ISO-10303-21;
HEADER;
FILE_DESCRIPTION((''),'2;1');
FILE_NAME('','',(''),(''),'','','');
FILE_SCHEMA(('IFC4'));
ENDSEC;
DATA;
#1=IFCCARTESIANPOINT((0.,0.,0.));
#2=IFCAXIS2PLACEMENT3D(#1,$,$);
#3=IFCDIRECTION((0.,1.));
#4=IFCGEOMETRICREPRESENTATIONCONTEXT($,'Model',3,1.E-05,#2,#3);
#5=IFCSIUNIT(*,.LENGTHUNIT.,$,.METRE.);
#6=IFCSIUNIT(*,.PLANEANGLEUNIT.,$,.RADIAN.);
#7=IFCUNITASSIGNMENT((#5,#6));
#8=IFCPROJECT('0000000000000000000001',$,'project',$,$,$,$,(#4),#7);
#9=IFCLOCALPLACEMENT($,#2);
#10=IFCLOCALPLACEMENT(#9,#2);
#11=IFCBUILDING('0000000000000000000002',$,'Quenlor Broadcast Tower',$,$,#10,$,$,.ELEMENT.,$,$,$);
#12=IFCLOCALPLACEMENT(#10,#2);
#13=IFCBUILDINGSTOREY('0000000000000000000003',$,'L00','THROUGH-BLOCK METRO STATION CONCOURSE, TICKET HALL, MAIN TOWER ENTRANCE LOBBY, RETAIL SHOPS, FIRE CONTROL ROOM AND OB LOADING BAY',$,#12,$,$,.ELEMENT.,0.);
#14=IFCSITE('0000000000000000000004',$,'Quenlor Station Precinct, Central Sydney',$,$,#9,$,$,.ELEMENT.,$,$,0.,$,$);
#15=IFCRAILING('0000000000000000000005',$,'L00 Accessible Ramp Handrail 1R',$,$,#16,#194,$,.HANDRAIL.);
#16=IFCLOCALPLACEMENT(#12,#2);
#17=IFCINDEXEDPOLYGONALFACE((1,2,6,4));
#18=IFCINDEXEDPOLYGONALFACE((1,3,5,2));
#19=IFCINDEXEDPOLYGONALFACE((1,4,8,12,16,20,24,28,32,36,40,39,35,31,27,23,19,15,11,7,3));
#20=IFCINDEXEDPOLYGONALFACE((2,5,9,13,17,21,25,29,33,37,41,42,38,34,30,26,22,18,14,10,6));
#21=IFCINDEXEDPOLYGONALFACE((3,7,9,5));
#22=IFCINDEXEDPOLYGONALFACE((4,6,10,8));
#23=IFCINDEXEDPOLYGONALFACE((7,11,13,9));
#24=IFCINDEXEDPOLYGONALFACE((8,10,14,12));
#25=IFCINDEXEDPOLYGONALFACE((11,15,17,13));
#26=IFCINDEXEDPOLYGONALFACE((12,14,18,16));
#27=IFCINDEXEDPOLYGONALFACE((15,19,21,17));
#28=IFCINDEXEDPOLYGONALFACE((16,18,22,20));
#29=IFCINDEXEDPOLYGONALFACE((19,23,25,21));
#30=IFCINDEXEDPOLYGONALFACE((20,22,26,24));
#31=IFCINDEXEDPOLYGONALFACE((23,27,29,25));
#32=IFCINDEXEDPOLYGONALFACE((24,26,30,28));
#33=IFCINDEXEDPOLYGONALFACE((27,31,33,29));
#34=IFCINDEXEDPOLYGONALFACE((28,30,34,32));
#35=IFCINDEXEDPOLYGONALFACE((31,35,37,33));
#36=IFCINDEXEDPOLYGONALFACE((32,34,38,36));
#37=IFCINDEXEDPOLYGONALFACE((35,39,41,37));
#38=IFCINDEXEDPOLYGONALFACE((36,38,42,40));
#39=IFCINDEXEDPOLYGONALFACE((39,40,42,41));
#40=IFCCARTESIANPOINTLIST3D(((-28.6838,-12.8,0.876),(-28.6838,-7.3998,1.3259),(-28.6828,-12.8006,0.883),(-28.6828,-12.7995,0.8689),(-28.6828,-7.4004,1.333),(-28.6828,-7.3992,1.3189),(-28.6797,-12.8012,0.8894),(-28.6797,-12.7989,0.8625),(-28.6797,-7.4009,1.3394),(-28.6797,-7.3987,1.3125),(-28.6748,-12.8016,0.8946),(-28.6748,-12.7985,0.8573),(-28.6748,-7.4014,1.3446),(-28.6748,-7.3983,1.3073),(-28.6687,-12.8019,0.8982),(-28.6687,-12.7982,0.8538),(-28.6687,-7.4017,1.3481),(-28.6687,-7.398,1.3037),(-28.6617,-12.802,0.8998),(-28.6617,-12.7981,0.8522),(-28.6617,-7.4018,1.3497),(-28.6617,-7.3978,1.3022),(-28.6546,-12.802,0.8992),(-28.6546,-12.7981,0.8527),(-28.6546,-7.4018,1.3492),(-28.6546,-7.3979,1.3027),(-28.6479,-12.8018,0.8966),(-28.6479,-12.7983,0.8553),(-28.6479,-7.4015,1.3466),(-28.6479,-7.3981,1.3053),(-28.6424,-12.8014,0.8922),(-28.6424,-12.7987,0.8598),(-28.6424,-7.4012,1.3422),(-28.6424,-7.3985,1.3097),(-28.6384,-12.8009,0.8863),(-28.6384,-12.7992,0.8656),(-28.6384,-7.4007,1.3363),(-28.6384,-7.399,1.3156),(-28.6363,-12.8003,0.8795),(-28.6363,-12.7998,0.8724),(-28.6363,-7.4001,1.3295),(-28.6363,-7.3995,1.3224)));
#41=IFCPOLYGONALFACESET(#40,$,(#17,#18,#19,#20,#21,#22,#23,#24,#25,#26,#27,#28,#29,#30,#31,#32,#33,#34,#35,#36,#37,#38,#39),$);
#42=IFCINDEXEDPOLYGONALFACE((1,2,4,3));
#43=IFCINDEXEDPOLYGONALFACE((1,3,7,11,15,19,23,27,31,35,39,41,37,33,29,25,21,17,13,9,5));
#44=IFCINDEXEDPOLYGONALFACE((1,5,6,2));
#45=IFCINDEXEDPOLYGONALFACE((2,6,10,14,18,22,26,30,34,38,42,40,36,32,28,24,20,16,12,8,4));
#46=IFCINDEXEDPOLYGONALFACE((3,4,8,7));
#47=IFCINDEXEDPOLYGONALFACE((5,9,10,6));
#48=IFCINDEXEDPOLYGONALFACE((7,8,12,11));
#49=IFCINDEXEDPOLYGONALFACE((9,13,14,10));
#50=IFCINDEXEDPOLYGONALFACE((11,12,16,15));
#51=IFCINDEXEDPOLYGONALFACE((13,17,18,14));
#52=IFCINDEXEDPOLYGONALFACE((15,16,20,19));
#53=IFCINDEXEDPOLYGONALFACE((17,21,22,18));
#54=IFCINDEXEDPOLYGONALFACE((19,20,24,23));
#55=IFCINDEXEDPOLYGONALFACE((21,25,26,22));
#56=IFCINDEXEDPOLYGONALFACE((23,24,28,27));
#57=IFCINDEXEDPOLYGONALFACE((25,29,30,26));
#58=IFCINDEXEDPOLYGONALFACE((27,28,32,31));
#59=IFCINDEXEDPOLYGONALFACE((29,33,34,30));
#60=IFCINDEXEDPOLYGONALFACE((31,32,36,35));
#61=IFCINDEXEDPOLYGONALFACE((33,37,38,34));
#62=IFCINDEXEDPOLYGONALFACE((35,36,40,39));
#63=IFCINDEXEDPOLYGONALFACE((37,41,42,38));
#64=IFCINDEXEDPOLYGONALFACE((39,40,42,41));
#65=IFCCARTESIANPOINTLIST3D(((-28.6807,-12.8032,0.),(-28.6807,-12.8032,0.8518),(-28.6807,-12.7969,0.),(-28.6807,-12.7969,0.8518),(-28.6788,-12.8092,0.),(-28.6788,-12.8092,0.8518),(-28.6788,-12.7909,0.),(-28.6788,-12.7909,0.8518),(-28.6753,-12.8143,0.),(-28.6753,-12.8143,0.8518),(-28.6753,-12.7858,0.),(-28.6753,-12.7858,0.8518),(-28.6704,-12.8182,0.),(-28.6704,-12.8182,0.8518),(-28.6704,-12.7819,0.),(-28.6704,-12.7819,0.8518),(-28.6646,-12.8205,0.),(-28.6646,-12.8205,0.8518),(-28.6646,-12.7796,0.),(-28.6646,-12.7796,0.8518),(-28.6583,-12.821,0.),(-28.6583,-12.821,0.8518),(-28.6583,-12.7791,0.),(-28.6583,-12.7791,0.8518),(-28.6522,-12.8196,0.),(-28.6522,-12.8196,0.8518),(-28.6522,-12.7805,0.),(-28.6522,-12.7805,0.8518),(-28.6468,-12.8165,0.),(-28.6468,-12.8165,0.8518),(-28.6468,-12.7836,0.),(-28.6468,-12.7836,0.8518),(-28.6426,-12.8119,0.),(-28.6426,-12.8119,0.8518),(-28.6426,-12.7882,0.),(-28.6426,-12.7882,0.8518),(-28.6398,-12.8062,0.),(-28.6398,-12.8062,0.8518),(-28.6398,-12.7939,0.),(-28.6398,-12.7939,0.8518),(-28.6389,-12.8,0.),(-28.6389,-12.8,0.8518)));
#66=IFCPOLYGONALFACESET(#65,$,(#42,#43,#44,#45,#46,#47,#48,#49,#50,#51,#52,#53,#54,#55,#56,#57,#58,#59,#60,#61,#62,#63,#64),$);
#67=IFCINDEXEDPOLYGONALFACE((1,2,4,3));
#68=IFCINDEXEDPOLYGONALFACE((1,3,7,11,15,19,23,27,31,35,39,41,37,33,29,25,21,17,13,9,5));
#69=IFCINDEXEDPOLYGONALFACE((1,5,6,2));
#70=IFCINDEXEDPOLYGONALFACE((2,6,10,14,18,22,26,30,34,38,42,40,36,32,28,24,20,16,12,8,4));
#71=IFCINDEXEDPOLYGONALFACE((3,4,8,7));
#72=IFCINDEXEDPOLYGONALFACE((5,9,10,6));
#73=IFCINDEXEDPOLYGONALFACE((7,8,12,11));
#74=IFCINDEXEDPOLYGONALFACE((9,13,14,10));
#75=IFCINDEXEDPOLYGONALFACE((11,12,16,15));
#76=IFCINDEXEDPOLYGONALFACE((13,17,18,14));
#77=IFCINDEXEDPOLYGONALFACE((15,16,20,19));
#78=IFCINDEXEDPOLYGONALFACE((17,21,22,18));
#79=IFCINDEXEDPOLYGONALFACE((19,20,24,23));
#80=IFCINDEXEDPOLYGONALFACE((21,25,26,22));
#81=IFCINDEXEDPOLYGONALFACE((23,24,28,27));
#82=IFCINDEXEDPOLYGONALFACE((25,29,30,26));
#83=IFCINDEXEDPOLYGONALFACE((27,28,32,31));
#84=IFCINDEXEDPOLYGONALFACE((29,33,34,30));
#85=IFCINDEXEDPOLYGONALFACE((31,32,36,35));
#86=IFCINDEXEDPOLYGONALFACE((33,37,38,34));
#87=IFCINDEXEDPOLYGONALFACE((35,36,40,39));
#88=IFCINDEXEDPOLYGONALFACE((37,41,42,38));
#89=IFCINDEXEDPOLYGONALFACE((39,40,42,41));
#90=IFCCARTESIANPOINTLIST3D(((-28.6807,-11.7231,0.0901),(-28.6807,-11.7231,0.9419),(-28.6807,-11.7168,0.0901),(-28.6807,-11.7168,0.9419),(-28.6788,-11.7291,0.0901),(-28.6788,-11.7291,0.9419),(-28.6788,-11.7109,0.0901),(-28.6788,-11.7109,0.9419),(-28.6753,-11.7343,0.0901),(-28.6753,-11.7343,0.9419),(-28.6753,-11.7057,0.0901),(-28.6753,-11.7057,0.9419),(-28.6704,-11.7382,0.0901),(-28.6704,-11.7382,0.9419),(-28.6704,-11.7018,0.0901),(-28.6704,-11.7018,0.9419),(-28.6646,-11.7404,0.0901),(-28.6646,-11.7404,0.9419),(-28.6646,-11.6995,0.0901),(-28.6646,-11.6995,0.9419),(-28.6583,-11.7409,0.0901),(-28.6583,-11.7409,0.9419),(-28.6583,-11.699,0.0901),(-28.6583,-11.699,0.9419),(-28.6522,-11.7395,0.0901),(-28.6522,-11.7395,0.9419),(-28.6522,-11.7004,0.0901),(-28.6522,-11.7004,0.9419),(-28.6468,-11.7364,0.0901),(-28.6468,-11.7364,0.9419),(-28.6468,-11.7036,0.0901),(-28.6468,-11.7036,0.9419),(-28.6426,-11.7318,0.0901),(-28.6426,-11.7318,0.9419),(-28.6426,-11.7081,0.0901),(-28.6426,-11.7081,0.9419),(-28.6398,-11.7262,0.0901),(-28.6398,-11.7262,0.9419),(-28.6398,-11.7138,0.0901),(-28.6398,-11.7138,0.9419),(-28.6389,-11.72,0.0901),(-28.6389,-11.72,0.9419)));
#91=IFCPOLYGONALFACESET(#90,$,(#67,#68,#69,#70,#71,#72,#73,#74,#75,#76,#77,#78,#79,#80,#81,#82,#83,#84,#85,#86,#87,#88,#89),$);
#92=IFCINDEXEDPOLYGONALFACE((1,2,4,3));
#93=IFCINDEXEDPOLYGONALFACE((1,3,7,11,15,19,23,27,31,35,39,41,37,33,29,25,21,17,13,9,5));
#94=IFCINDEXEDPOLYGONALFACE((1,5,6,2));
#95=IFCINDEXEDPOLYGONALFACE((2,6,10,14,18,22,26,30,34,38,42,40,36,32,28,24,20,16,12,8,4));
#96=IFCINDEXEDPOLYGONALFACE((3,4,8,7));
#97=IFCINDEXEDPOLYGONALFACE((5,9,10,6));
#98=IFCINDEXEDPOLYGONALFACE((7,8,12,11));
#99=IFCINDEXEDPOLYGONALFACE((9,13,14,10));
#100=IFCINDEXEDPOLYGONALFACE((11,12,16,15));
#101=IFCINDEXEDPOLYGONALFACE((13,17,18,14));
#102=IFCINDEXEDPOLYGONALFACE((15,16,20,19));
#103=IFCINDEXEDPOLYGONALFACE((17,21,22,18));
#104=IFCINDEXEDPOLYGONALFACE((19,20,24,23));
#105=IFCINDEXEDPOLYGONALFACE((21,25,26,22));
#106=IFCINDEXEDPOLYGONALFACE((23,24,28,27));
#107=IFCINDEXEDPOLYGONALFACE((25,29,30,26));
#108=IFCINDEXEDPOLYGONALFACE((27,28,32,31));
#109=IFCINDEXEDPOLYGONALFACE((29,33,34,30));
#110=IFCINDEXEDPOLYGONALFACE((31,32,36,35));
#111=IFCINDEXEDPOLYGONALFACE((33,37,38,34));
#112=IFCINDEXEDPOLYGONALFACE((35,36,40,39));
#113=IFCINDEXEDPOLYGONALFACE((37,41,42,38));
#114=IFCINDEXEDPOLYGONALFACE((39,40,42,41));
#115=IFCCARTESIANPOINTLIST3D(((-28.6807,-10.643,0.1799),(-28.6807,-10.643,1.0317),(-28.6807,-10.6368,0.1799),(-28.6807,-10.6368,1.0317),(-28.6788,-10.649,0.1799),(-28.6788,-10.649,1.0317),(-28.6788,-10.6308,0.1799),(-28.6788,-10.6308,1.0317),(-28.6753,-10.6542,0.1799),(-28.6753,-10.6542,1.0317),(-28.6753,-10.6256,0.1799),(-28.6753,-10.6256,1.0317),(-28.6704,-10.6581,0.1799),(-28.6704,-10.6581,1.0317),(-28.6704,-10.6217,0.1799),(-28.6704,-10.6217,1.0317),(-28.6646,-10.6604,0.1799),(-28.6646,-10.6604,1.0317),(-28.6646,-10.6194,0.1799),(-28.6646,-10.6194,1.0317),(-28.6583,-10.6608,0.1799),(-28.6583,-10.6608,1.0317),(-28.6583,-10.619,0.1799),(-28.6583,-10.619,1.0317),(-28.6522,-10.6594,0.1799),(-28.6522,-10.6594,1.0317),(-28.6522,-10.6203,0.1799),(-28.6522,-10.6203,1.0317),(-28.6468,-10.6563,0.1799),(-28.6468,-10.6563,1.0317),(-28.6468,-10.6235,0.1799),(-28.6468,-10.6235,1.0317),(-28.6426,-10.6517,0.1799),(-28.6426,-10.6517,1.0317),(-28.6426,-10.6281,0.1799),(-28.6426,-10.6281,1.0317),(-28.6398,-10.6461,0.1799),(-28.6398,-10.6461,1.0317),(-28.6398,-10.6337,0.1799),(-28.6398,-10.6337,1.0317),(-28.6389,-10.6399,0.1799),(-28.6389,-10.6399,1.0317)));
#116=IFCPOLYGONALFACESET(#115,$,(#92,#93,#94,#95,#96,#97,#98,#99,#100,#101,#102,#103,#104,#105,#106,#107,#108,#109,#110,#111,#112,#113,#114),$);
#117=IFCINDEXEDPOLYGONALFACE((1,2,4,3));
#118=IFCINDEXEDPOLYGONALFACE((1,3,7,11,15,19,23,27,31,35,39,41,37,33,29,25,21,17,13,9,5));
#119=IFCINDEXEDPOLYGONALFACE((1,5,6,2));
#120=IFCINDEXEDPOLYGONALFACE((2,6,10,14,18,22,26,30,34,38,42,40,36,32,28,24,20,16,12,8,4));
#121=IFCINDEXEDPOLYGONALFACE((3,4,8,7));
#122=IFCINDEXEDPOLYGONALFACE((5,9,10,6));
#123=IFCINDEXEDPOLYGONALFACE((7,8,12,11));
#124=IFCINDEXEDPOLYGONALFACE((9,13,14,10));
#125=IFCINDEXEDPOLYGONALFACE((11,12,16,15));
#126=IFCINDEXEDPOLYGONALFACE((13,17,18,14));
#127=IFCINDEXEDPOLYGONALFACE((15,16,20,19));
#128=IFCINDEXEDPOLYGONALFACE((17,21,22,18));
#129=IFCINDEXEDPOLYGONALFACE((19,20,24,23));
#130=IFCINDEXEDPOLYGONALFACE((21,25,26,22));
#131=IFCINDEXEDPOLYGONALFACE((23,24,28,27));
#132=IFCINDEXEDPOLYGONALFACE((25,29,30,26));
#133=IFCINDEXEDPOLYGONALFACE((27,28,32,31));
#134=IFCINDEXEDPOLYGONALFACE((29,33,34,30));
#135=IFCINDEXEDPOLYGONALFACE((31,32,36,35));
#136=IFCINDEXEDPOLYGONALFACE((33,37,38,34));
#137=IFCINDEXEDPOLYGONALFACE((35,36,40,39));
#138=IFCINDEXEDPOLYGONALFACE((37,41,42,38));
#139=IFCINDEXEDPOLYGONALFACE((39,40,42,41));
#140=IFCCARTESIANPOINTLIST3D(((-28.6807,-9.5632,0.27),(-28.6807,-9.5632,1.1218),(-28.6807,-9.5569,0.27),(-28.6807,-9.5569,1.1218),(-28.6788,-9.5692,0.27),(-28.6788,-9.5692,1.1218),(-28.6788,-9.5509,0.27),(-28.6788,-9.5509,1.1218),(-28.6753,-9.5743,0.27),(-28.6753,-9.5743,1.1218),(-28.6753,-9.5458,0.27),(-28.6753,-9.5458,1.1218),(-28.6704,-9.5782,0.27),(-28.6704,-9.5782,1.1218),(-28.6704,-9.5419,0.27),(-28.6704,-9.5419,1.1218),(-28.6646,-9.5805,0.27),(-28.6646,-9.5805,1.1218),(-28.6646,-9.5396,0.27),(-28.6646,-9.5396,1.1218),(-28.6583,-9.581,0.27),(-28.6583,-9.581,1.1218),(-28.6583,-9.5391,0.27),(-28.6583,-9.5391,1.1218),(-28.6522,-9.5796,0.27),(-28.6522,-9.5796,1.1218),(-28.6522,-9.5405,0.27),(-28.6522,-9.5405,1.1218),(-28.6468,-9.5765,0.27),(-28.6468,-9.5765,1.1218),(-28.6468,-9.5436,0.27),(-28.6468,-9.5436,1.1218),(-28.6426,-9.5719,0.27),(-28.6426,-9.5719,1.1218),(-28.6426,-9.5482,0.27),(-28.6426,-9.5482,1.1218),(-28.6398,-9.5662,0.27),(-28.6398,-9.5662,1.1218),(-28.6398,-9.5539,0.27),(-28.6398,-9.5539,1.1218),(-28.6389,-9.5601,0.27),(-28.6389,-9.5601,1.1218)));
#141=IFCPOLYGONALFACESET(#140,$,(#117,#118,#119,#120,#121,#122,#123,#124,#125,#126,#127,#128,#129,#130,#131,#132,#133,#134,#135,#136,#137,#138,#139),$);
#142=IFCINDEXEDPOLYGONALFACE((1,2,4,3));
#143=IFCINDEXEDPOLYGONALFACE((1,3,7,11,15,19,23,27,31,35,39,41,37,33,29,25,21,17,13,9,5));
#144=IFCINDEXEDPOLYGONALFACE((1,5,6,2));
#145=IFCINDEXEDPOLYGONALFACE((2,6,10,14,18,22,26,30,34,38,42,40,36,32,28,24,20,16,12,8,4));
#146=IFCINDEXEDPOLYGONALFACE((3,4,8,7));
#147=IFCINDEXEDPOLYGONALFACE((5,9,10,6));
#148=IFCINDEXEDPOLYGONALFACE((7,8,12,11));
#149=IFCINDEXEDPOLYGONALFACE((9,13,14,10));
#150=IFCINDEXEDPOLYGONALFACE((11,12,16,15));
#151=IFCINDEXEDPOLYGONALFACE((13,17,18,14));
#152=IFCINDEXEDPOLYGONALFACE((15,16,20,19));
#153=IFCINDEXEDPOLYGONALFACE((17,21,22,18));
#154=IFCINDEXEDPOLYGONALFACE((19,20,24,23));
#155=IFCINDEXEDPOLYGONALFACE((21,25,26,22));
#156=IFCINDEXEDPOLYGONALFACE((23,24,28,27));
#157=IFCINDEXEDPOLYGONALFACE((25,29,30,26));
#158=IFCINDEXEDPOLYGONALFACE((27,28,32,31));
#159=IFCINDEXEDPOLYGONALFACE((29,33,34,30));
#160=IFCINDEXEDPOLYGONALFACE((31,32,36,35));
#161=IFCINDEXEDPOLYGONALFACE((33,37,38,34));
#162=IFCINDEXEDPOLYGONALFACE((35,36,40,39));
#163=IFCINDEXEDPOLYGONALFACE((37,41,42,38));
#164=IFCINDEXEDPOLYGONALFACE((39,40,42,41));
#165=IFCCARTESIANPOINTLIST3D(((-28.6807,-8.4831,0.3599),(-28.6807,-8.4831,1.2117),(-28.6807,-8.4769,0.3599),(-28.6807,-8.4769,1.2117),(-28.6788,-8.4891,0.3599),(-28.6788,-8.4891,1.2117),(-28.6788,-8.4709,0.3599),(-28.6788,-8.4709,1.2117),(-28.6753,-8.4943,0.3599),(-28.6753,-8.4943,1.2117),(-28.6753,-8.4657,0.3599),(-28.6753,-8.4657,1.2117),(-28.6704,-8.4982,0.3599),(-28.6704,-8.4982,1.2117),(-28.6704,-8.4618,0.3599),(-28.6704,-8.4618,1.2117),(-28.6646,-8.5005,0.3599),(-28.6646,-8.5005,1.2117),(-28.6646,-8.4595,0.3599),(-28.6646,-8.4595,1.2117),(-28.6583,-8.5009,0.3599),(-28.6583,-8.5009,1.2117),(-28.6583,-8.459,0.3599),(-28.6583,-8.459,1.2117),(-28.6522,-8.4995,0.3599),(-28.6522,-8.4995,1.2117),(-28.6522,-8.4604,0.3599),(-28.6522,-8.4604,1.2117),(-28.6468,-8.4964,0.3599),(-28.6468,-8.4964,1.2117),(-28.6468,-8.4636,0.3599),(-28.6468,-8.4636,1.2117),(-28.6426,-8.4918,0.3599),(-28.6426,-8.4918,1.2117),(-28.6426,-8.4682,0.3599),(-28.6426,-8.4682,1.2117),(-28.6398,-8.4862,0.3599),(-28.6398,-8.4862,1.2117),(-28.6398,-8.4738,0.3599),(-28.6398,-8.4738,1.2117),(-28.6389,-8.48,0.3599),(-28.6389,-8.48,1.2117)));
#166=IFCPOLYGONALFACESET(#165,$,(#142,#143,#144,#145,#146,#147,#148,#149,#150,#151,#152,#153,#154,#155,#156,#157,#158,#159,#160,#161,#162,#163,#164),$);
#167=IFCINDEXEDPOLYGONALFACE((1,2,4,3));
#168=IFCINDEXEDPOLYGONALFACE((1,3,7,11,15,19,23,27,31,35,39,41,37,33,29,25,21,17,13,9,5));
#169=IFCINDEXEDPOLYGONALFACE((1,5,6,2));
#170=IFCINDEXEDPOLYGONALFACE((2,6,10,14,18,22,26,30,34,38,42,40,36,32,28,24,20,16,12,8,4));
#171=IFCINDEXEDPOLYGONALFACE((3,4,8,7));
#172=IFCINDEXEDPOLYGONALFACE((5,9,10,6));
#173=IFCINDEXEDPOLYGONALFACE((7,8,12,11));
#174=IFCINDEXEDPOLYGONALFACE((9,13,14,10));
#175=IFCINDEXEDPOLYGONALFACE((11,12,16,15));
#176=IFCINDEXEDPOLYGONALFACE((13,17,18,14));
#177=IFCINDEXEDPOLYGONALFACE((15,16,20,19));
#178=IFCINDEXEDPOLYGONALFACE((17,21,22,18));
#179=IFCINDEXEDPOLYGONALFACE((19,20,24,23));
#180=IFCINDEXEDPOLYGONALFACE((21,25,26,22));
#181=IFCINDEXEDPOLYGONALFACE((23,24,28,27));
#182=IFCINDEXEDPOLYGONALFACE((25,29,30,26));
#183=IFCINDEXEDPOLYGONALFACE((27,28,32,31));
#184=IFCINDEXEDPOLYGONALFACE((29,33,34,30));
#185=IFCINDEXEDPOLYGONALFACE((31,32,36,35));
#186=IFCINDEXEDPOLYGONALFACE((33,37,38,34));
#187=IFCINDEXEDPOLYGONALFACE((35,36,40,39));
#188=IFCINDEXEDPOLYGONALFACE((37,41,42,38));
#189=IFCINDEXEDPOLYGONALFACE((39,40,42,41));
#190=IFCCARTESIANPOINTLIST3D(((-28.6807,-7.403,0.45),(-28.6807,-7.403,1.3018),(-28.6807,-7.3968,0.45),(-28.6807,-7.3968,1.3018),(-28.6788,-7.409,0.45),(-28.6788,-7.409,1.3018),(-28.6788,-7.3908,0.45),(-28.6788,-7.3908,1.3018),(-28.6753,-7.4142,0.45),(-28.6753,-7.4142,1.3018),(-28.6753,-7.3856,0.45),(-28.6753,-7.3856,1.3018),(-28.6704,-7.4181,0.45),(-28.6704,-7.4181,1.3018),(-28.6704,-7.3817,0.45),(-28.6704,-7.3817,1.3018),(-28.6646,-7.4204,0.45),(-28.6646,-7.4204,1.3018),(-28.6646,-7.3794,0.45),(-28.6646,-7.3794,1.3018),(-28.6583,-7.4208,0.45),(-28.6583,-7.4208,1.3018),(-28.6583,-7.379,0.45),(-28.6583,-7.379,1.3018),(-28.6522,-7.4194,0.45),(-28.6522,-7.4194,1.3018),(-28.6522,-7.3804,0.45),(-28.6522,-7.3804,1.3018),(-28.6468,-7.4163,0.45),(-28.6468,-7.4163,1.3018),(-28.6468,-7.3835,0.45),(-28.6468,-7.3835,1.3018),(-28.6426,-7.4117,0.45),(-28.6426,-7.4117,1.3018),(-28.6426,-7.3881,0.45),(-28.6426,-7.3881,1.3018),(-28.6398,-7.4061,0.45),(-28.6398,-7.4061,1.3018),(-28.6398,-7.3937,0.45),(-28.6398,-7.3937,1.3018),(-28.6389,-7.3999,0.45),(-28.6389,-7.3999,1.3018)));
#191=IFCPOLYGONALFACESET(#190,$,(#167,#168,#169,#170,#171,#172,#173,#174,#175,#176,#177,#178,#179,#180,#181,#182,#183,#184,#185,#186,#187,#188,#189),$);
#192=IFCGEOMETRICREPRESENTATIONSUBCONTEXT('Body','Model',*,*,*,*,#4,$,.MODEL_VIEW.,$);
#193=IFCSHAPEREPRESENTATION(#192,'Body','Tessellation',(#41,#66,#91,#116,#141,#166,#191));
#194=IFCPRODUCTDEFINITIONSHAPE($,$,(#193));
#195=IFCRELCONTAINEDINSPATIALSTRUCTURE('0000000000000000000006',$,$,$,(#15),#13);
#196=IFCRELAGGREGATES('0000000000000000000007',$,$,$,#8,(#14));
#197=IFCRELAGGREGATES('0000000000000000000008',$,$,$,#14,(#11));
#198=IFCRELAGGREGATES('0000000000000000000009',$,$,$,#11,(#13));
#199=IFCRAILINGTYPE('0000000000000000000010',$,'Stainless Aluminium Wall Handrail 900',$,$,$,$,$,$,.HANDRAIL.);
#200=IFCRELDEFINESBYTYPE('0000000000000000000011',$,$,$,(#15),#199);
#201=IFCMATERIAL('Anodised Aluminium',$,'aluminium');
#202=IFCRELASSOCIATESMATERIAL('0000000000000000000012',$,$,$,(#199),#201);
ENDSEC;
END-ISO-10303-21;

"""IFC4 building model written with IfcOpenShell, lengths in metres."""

from ifc_helpers import new_model, si_unit, direction, frame, origin, origin_2d, place, context, subcontext, project, spatial, circle, extrude, material, type_object, element, save


model = new_model("IFC4")

# Units and contexts
model_context = context("Model", 3, precision=1e-05, world=origin(), true_north=direction((0.0, 1.0)))
body_context = subcontext(model_context, "Body", "Model", "MODEL_VIEW")
ifc_project = project(units=[si_unit("LENGTHUNIT", "METRE"), si_unit("PLANEANGLEUNIT", "RADIAN")], contexts=[model_context])

# Site, building, storey
site_placement = place(None, origin())
site = spatial("IfcSite", under=ifc_project, at=site_placement, Name="Quenlor Station Precinct, Central Sydney", CompositionType="ELEMENT", RefElevation=0.0)
building_placement = place(site_placement, origin())
building = spatial("IfcBuilding", under=site, at=building_placement, Name="Quenlor Broadcast Tower", CompositionType="ELEMENT")
storey_placement = place(building_placement, origin())
storey = spatial("IfcBuildingStorey", under=building, at=storey_placement, Name="L00", Description="THROUGH-BLOCK METRO STATION CONCOURSE, TICKET HALL, MAIN TOWER ENTRANCE LOBBY, RETAIL SHOPS, FIRE CONTROL ROOM AND OB LOADING BAY", CompositionType="ELEMENT", Elevation=0.0)

# Railing
ifc_material_1 = material(Name="Anodised Aluminium", Category="aluminium")
railing_type = type_object("IfcRailingType", Name="Stainless Aluminium Wall Handrail 900", PredefinedType="HANDRAIL", material=ifc_material_1)
for number, where, name in (
    (1, (-28.6599, -12.8, 0.0), "L00 Accessible Ramp Handrail 1R"),
):
    element("IfcRailing", number, at=place(storey_placement, frame(where)), inside=storey, type_object=railing_type, Name=name, PredefinedType="HANDRAIL", context=body_context, shape_type="SweptSolid", body=[
        extrude(circle(Radius=0.0239, at=origin_2d()), frame((0.0, 0.0, 0.876), z_axis=(0.0, 0.996547, 0.083034), x_axis=(-1.0, 0.0, 0.0)), (0.0, 0.0, 1.0), 5.4189),
        extrude(circle(Radius=0.021, at=origin_2d()), origin(), (0.0, 0.0, 1.0), 0.8518),
        extrude(circle(Radius=0.021, at=origin_2d()), frame((0.0, 1.0801, 0.0901)), (0.0, 0.0, 1.0), 0.8518),
        extrude(circle(Radius=0.021, at=origin_2d()), frame((0.0, 2.1602, 0.1799)), (0.0, 0.0, 1.0), 0.8518),
        extrude(circle(Radius=0.021, at=origin_2d()), frame((0.0, 3.24, 0.27)), (0.0, 0.0, 1.0), 0.8518),
        extrude(circle(Radius=0.021, at=origin_2d()), frame((0.0, 4.3201, 0.3599)), (0.0, 0.0, 1.0), 0.8518),
        extrude(circle(Radius=0.021, at=origin_2d()), frame((0.0, 5.4001, 0.45)), (0.0, 0.0, 1.0), 0.8518),
    ])

save(model, "model.ifc")
